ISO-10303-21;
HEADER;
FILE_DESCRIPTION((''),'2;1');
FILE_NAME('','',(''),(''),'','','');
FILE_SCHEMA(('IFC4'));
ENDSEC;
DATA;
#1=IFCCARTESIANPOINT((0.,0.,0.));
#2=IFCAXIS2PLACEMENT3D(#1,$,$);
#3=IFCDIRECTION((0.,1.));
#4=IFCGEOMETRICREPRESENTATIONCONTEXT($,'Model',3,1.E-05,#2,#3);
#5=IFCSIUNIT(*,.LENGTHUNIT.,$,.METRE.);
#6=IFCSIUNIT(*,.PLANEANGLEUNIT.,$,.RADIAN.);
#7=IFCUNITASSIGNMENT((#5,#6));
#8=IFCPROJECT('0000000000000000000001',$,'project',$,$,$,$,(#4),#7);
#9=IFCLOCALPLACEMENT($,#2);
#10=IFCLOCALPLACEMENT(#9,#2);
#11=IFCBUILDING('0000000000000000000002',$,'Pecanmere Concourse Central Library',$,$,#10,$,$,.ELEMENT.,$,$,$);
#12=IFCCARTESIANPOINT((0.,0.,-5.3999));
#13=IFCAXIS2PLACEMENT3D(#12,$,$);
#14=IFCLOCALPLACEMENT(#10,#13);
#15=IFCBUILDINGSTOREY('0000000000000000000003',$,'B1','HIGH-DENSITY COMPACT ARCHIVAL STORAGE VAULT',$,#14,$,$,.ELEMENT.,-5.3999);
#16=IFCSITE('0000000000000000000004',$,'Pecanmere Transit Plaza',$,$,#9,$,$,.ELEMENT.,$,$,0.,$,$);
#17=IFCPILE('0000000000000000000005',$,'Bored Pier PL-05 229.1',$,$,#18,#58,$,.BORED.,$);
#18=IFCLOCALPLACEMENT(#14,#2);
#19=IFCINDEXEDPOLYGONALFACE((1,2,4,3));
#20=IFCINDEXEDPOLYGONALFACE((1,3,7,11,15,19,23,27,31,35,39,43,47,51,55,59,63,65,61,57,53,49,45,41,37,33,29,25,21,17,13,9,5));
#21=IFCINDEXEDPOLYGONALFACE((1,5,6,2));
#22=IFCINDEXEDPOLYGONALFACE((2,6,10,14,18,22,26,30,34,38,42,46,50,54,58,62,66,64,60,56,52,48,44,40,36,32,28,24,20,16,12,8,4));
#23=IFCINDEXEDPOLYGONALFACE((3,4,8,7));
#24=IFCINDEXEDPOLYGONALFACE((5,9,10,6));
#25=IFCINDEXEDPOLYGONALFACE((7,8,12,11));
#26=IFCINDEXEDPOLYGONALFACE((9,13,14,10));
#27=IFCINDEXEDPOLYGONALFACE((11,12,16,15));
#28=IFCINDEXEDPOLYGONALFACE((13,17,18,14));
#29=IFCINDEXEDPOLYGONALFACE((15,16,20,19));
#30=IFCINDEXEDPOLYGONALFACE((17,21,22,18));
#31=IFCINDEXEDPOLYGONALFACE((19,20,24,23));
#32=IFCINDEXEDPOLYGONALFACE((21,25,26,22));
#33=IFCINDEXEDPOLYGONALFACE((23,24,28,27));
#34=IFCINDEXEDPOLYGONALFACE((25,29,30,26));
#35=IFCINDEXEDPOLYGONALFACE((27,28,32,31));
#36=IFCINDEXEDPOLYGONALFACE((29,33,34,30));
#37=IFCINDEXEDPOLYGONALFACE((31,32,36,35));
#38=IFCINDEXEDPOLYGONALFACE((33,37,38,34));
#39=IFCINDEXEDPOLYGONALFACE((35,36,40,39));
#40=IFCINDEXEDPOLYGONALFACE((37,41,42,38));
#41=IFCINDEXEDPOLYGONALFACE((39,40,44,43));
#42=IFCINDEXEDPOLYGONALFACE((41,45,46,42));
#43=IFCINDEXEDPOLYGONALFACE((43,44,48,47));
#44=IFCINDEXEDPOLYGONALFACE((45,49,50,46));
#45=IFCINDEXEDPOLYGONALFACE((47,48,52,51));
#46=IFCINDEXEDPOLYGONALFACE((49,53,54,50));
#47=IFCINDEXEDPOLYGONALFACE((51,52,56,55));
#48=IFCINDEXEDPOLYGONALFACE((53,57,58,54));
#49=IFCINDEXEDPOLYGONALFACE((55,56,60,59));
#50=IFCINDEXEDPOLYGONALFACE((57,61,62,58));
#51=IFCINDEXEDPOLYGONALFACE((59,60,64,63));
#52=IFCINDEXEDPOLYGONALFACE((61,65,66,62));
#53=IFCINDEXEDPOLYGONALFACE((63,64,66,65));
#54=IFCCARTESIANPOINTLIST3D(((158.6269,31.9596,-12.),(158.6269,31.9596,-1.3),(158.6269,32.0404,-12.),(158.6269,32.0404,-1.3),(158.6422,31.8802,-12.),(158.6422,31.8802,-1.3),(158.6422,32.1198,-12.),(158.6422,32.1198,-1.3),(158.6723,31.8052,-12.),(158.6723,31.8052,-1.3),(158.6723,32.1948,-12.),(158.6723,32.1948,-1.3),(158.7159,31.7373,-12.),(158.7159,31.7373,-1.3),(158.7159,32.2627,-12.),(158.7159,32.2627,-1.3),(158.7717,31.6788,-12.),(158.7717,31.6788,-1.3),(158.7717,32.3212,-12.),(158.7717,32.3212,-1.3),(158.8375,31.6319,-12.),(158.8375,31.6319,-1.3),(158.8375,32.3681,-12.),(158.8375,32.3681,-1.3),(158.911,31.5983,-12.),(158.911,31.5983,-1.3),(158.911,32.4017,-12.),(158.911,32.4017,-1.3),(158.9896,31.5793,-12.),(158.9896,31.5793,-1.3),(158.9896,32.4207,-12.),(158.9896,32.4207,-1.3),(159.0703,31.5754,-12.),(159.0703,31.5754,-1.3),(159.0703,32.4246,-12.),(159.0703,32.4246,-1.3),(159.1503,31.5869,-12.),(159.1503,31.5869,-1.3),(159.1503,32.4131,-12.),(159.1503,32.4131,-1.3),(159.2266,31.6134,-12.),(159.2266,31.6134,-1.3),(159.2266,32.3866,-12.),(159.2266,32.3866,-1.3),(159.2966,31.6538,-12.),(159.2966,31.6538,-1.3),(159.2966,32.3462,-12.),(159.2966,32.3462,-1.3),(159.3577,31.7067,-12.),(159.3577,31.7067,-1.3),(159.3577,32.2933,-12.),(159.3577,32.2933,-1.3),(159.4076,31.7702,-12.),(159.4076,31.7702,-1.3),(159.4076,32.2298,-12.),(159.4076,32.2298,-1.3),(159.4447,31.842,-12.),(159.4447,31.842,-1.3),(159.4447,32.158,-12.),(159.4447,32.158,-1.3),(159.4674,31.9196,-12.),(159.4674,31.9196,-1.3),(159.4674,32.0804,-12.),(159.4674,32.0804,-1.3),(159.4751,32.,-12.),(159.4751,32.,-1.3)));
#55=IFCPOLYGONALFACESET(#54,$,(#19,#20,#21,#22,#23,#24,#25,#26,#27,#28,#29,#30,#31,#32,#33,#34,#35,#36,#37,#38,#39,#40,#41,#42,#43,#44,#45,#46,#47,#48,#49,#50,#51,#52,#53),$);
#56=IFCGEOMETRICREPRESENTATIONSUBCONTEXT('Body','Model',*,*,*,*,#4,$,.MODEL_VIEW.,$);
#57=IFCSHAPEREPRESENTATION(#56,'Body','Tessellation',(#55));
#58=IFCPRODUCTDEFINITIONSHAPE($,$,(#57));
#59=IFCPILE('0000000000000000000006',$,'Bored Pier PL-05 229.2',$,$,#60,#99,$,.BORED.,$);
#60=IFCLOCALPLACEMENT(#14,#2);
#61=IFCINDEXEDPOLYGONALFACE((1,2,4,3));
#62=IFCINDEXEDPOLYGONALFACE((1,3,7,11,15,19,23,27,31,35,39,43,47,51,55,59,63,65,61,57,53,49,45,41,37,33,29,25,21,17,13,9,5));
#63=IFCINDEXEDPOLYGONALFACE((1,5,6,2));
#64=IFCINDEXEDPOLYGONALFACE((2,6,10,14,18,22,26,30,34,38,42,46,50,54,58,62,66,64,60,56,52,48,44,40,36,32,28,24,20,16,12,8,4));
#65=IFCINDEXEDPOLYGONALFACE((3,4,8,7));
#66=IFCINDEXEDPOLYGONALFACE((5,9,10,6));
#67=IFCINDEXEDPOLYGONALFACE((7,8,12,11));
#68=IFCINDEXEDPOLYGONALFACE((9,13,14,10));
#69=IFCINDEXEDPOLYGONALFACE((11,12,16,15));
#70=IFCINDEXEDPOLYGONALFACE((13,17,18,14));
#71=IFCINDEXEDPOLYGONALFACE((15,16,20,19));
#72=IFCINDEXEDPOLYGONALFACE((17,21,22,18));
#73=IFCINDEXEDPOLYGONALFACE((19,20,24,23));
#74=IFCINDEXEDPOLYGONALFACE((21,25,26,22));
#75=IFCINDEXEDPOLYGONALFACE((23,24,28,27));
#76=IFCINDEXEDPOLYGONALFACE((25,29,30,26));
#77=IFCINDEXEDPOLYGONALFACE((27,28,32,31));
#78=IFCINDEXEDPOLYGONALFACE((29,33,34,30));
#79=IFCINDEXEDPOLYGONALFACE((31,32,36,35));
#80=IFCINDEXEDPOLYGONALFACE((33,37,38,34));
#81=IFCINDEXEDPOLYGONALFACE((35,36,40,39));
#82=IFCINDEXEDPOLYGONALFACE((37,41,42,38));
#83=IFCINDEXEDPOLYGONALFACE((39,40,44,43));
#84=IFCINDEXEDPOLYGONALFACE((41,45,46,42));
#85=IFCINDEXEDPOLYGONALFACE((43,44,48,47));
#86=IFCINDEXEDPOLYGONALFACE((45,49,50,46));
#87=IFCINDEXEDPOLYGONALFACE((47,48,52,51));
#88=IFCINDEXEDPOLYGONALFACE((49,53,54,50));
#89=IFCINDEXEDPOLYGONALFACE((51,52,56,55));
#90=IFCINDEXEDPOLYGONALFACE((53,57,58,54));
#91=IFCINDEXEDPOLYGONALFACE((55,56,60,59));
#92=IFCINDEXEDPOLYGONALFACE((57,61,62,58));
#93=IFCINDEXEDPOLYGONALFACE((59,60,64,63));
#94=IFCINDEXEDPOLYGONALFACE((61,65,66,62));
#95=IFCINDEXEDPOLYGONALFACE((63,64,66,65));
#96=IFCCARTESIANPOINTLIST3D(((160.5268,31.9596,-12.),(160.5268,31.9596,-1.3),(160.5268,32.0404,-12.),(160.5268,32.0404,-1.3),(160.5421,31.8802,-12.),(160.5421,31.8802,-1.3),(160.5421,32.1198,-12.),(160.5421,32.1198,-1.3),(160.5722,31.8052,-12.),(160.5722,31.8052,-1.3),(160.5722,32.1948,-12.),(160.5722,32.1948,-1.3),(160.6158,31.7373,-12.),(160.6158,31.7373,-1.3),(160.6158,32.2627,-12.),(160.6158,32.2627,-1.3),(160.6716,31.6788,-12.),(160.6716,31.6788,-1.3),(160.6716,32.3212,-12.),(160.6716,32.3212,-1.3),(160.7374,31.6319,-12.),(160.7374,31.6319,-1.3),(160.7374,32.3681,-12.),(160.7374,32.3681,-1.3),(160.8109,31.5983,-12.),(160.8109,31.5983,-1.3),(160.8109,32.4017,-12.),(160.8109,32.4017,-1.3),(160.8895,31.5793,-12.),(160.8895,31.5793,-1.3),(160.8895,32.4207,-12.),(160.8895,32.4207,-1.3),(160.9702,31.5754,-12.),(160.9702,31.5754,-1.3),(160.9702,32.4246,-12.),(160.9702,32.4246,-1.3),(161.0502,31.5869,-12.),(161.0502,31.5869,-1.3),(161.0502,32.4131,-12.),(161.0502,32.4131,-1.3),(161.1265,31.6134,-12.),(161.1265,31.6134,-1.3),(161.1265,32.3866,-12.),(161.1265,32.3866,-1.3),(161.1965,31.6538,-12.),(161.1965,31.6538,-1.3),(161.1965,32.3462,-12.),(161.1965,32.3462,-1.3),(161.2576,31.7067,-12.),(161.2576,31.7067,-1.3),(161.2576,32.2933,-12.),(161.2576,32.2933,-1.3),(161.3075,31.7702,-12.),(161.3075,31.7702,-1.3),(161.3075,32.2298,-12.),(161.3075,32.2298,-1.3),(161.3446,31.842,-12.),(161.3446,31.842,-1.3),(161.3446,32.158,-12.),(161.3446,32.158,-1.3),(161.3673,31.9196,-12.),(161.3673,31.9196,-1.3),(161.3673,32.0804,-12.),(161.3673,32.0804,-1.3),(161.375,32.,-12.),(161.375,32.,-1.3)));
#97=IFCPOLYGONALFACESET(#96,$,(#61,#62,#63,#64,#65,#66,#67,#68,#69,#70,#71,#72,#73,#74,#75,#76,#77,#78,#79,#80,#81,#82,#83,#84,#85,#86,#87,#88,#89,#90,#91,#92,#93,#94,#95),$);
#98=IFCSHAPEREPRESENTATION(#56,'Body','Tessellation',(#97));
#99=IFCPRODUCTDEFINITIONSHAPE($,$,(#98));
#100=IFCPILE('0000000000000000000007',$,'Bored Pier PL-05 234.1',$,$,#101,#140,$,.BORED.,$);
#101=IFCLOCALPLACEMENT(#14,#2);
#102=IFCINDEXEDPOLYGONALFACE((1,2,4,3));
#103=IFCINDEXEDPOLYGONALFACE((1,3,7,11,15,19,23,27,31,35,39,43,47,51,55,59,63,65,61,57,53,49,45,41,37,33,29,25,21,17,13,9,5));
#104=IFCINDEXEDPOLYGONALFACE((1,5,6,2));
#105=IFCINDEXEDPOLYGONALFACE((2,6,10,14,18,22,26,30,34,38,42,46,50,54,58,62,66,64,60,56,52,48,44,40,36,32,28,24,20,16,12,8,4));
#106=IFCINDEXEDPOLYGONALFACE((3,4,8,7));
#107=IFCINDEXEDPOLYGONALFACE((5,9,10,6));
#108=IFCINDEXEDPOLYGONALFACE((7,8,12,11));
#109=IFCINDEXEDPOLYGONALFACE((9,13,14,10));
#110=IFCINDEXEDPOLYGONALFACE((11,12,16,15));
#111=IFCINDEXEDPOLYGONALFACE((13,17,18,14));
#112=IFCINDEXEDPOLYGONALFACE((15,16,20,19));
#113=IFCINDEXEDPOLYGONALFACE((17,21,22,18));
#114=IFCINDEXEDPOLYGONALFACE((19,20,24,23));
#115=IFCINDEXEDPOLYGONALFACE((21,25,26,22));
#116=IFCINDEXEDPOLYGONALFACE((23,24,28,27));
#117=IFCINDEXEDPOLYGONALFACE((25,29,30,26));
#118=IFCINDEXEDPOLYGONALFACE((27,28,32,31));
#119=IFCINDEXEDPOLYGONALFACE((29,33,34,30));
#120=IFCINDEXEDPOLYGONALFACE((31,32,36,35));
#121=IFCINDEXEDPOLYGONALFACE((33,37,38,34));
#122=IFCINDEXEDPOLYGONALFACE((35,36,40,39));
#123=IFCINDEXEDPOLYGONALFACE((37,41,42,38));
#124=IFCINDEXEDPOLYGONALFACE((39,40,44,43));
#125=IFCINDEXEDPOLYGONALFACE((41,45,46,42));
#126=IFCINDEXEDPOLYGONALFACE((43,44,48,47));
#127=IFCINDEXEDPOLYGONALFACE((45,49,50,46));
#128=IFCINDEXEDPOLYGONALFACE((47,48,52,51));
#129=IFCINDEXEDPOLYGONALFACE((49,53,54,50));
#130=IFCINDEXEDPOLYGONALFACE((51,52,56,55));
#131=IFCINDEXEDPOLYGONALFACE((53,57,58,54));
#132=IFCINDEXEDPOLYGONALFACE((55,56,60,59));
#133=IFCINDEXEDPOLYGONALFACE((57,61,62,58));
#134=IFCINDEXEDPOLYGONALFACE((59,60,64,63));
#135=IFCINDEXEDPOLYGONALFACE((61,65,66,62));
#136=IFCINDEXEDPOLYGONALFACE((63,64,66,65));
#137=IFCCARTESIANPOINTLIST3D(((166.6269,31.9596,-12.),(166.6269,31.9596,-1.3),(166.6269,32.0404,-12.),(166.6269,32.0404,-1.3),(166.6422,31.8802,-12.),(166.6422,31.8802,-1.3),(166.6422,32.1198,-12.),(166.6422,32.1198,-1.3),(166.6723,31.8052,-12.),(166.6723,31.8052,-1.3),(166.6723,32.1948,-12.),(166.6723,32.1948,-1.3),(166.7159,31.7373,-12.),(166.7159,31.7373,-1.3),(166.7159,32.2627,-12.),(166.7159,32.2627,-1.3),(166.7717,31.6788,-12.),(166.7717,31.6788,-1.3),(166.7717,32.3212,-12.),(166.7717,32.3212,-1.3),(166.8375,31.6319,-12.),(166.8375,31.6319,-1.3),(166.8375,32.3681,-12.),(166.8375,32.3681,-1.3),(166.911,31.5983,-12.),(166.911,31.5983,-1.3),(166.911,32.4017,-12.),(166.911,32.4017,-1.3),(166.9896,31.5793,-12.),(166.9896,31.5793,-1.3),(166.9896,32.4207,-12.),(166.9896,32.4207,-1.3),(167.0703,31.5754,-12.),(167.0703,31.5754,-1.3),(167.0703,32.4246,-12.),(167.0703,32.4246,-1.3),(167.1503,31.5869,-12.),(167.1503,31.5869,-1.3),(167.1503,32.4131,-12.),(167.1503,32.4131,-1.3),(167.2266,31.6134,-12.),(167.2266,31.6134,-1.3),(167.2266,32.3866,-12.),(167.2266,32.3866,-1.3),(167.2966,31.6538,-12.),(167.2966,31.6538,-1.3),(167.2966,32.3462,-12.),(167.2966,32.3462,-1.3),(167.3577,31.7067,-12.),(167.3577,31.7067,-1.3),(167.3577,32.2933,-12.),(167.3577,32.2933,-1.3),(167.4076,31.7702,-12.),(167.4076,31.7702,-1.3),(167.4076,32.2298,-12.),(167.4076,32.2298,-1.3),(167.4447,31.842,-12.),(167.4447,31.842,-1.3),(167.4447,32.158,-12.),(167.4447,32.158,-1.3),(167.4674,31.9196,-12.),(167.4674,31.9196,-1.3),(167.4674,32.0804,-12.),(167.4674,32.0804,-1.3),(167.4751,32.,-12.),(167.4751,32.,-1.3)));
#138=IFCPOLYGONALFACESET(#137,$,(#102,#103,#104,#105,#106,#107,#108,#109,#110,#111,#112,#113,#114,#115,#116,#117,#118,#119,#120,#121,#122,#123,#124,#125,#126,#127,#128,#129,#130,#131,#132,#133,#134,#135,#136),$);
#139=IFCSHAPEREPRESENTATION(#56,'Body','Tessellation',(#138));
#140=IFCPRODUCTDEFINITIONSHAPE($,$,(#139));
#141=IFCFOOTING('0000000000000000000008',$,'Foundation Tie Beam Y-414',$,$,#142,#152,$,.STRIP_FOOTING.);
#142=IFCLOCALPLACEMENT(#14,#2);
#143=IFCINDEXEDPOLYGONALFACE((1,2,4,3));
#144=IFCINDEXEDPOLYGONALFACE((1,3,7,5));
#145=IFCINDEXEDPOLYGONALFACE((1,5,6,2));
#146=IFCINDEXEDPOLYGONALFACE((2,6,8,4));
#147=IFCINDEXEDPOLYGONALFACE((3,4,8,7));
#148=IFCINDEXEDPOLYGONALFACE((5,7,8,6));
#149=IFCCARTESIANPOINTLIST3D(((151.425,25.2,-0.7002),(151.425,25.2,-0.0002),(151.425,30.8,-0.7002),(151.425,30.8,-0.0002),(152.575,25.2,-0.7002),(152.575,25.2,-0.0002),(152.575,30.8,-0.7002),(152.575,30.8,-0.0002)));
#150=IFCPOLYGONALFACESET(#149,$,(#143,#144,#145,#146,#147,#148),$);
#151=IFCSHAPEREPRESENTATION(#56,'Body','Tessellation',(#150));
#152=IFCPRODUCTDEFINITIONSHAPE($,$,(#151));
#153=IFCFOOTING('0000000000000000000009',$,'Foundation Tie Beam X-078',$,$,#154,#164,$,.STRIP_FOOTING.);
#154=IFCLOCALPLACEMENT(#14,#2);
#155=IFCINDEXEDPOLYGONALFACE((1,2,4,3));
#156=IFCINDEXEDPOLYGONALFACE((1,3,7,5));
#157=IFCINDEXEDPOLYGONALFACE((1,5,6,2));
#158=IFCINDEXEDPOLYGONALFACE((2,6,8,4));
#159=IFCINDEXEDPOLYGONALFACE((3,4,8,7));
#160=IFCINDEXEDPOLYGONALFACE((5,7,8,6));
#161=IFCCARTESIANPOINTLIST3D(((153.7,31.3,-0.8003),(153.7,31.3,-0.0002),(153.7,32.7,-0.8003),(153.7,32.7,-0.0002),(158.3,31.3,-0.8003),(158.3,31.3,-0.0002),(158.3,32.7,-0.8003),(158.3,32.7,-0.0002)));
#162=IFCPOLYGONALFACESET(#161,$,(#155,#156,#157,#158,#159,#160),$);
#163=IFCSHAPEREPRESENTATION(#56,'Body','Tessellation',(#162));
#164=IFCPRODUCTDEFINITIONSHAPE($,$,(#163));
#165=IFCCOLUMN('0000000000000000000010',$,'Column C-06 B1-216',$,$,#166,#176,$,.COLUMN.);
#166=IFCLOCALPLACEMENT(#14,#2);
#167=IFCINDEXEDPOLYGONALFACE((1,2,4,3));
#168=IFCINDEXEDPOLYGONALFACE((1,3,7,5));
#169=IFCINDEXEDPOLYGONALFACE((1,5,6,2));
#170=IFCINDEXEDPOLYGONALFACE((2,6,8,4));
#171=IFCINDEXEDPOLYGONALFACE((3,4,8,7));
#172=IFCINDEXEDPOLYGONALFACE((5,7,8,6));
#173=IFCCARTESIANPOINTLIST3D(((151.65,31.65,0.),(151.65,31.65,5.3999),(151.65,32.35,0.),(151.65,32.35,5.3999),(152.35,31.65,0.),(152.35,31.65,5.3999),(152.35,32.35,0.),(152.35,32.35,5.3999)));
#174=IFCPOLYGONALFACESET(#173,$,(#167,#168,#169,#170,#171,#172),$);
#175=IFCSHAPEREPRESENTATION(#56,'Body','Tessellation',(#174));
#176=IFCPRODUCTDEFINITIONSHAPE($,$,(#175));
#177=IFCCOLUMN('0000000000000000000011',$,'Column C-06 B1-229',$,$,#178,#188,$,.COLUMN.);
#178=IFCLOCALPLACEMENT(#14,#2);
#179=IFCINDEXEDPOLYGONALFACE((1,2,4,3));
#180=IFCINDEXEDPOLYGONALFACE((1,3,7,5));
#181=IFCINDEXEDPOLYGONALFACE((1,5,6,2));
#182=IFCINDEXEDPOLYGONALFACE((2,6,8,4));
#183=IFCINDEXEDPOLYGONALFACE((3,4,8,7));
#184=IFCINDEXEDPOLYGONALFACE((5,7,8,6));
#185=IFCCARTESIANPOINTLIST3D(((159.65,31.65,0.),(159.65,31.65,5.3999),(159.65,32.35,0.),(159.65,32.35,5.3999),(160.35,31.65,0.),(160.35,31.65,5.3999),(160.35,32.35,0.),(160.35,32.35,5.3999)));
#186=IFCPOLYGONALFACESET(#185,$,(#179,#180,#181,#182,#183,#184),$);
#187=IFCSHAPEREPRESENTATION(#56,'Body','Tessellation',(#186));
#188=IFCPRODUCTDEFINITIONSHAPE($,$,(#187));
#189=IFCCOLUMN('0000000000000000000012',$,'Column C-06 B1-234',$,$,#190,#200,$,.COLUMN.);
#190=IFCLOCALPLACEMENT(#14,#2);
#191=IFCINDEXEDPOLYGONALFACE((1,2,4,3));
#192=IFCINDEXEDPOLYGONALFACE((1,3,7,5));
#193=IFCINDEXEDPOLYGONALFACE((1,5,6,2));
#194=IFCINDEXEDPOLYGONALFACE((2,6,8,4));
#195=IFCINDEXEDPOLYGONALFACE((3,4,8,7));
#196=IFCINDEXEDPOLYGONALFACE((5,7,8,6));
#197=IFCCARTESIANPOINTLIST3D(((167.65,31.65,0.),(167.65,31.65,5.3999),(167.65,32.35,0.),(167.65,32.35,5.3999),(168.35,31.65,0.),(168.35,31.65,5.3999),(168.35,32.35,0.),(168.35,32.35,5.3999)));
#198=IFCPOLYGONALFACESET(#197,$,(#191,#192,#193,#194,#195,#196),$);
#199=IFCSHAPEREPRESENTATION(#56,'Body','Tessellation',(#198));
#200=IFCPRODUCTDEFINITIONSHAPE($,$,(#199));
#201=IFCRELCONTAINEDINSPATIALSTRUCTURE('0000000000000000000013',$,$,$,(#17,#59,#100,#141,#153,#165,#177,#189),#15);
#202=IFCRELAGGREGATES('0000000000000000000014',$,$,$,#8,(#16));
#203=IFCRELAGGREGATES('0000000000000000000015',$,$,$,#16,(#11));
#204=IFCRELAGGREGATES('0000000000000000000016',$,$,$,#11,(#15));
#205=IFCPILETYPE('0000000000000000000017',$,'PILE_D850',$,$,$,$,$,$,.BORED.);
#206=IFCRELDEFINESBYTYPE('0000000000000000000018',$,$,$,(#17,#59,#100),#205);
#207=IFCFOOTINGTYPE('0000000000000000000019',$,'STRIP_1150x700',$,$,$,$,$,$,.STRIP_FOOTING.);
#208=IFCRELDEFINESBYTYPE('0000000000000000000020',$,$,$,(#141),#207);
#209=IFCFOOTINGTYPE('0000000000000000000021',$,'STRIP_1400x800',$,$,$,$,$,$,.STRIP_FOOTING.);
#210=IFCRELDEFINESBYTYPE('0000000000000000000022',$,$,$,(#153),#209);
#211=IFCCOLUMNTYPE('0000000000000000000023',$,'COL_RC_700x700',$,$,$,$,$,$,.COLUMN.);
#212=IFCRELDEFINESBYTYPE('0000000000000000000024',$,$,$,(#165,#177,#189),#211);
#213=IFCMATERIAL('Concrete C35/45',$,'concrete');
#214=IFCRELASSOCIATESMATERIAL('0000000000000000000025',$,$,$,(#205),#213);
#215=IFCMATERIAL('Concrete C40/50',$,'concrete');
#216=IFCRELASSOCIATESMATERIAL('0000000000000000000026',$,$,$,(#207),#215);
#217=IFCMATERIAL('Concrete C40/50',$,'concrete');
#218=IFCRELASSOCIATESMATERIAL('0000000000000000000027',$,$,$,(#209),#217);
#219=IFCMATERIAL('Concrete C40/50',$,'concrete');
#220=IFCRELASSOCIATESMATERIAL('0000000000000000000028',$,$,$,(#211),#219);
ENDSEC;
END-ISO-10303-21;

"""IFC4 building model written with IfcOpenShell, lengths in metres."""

from ifc_helpers import new_model, si_unit, direction, frame, origin, origin_2d, place, context, subcontext, project, spatial, rectangle, circle, extrude, material, material_profile, profile_set, type_object, element, save


model = new_model("IFC4")

# Units and contexts
model_context = context("Model", 3, precision=1e-05, world=origin(), true_north=direction((0.0, 1.0)))
body_context = subcontext(model_context, "Body", "Model", "MODEL_VIEW")
ifc_project = project(units=[si_unit("LENGTHUNIT", "METRE"), si_unit("PLANEANGLEUNIT", "RADIAN")], contexts=[model_context])

# Site, building, storey
site_placement = place(None, origin())
site = spatial("IfcSite", under=ifc_project, at=site_placement, Name="Pecanmere Transit Plaza", CompositionType="ELEMENT", RefElevation=0.0)
building_placement = place(site_placement, origin())
building = spatial("IfcBuilding", under=site, at=building_placement, Name="Pecanmere Concourse Central Library", CompositionType="ELEMENT")
storey_placement = place(building_placement, frame((0.0, 0.0, -5.3999)))
storey = spatial("IfcBuildingStorey", under=building, at=storey_placement, Name="B1", Description="HIGH-DENSITY COMPACT ARCHIVAL STORAGE VAULT", CompositionType="ELEMENT", Elevation=-5.3999)

# Piles
ifc_material_1 = material(Name="Concrete C35/45", Category="concrete")
ifc_material_profile_1 = material_profile(ifc_material_1, circle(Radius=0.425, at=origin_2d()), Name="PIER D850")
ifc_profile_set_1 = profile_set([ifc_material_profile_1], Name="Concrete C35/45")
pile_type = type_object("IfcPileType", Name="PILE_D850", PredefinedType="BORED", material=ifc_profile_set_1)
for number, where, z_axis, x_axis, name in (
    (1, (159.05, 32.0, -1.3), (0.0, 0.0, -1.0), (1.0, 0.0, 0.0), "Bored Pier PL-05 229.1"),
    (2, (160.95, 32.0, -1.3), (0.0, 0.0, -1.0), (1.0, 0.0, 0.0), "Bored Pier PL-05 229.2"),
    (3, (167.05, 32.0, -1.3), (0.0, 0.0, -1.0), (1.0, 0.0, 0.0), "Bored Pier PL-05 234.1"),
):
    element("IfcPile", number, at=place(storey_placement, frame(where, z_axis=z_axis, x_axis=x_axis)), inside=storey, type_object=pile_type, Name=name, PredefinedType="BORED", context=body_context, shape_type="SweptSolid", body=[
        extrude(circle(Radius=0.425, at=origin_2d()), origin(), (0.0, 0.0, 1.0), 10.7),
    ])

# Footings
ifc_material_2 = material(Name="Concrete C40/50", Category="concrete")
ifc_material_profile_2 = material_profile(ifc_material_2, rectangle(XDim=1.1499, YDim=0.7, at=origin_2d()), Name="RC 1150x700")
ifc_profile_set_2 = profile_set([ifc_material_profile_2], Name="Concrete C40/50")
footing_type_1 = type_object("IfcFootingType", Name="STRIP_1150x700", PredefinedType="STRIP_FOOTING", material=ifc_profile_set_2)
footing_1_placement = place(storey_placement, frame((152.0, 28.0, -0.7002), z_axis=(0.0, 0.0, 1.0), x_axis=(0.0, 1.0, 0.0)))
element("IfcFooting", 4, at=footing_1_placement, inside=storey, type_object=footing_type_1, Name="Foundation Tie Beam Y-414", PredefinedType="STRIP_FOOTING", context=body_context, shape_type="SweptSolid", body=[
    extrude(rectangle(XDim=5.6001, YDim=1.1499, at=origin_2d()), origin(), (0.0, 0.0, 1.0), 0.7),
])
ifc_material_3 = material(Name="Concrete C40/50", Category="concrete")
ifc_material_profile_3 = material_profile(ifc_material_3, rectangle(XDim=1.3999, YDim=0.8, at=origin_2d()), Name="RC 1400x800")
ifc_profile_set_3 = profile_set([ifc_material_profile_3], Name="Concrete C40/50")
footing_type_2 = type_object("IfcFootingType", Name="STRIP_1400x800", PredefinedType="STRIP_FOOTING", material=ifc_profile_set_3)
footing_2_placement = place(storey_placement, frame((156.0, 32.0, -0.8003), z_axis=(0.0, 0.0, 1.0), x_axis=(1.0, 0.0, 0.0)))
element("IfcFooting", 5, at=footing_2_placement, inside=storey, type_object=footing_type_2, Name="Foundation Tie Beam X-078", PredefinedType="STRIP_FOOTING", context=body_context, shape_type="SweptSolid", body=[
    extrude(rectangle(XDim=4.6001, YDim=1.3999, at=origin_2d()), origin(), (0.0, 0.0, 1.0), 0.8),
])

# Columns
ifc_material_4 = material(Name="Concrete C40/50", Category="concrete")
ifc_material_profile_4 = material_profile(ifc_material_4, rectangle(XDim=0.7, YDim=0.7, at=origin_2d()), Name="RC 700x700")
ifc_profile_set_4 = profile_set([ifc_material_profile_4], Name="Concrete C40/50")
column_type = type_object("IfcColumnType", Name="COL_RC_700x700", PredefinedType="COLUMN", material=ifc_profile_set_4)
for number, where, z_axis, x_axis, name in (
    (6, (152.0, 32.0, 0.0), (0.0, 0.0, 1.0), (1.0, 0.0, 0.0), "Column C-06 B1-216"),
    (7, (160.0, 32.0, 0.0), (0.0, 0.0, 1.0), (1.0, 0.0, 0.0), "Column C-06 B1-229"),
    (8, (168.0, 32.0, 0.0), (0.0, 0.0, 1.0), (1.0, 0.0, 0.0), "Column C-06 B1-234"),
):
    element("IfcColumn", number, at=place(storey_placement, frame(where, z_axis=z_axis, x_axis=x_axis)), inside=storey, type_object=column_type, Name=name, PredefinedType="COLUMN", context=body_context, shape_type="SweptSolid", body=[
        extrude(rectangle(XDim=0.7, YDim=0.7, at=origin_2d()), origin(), (0.0, 0.0, 1.0), 5.3999),
    ])

save(model, "model.ifc")
